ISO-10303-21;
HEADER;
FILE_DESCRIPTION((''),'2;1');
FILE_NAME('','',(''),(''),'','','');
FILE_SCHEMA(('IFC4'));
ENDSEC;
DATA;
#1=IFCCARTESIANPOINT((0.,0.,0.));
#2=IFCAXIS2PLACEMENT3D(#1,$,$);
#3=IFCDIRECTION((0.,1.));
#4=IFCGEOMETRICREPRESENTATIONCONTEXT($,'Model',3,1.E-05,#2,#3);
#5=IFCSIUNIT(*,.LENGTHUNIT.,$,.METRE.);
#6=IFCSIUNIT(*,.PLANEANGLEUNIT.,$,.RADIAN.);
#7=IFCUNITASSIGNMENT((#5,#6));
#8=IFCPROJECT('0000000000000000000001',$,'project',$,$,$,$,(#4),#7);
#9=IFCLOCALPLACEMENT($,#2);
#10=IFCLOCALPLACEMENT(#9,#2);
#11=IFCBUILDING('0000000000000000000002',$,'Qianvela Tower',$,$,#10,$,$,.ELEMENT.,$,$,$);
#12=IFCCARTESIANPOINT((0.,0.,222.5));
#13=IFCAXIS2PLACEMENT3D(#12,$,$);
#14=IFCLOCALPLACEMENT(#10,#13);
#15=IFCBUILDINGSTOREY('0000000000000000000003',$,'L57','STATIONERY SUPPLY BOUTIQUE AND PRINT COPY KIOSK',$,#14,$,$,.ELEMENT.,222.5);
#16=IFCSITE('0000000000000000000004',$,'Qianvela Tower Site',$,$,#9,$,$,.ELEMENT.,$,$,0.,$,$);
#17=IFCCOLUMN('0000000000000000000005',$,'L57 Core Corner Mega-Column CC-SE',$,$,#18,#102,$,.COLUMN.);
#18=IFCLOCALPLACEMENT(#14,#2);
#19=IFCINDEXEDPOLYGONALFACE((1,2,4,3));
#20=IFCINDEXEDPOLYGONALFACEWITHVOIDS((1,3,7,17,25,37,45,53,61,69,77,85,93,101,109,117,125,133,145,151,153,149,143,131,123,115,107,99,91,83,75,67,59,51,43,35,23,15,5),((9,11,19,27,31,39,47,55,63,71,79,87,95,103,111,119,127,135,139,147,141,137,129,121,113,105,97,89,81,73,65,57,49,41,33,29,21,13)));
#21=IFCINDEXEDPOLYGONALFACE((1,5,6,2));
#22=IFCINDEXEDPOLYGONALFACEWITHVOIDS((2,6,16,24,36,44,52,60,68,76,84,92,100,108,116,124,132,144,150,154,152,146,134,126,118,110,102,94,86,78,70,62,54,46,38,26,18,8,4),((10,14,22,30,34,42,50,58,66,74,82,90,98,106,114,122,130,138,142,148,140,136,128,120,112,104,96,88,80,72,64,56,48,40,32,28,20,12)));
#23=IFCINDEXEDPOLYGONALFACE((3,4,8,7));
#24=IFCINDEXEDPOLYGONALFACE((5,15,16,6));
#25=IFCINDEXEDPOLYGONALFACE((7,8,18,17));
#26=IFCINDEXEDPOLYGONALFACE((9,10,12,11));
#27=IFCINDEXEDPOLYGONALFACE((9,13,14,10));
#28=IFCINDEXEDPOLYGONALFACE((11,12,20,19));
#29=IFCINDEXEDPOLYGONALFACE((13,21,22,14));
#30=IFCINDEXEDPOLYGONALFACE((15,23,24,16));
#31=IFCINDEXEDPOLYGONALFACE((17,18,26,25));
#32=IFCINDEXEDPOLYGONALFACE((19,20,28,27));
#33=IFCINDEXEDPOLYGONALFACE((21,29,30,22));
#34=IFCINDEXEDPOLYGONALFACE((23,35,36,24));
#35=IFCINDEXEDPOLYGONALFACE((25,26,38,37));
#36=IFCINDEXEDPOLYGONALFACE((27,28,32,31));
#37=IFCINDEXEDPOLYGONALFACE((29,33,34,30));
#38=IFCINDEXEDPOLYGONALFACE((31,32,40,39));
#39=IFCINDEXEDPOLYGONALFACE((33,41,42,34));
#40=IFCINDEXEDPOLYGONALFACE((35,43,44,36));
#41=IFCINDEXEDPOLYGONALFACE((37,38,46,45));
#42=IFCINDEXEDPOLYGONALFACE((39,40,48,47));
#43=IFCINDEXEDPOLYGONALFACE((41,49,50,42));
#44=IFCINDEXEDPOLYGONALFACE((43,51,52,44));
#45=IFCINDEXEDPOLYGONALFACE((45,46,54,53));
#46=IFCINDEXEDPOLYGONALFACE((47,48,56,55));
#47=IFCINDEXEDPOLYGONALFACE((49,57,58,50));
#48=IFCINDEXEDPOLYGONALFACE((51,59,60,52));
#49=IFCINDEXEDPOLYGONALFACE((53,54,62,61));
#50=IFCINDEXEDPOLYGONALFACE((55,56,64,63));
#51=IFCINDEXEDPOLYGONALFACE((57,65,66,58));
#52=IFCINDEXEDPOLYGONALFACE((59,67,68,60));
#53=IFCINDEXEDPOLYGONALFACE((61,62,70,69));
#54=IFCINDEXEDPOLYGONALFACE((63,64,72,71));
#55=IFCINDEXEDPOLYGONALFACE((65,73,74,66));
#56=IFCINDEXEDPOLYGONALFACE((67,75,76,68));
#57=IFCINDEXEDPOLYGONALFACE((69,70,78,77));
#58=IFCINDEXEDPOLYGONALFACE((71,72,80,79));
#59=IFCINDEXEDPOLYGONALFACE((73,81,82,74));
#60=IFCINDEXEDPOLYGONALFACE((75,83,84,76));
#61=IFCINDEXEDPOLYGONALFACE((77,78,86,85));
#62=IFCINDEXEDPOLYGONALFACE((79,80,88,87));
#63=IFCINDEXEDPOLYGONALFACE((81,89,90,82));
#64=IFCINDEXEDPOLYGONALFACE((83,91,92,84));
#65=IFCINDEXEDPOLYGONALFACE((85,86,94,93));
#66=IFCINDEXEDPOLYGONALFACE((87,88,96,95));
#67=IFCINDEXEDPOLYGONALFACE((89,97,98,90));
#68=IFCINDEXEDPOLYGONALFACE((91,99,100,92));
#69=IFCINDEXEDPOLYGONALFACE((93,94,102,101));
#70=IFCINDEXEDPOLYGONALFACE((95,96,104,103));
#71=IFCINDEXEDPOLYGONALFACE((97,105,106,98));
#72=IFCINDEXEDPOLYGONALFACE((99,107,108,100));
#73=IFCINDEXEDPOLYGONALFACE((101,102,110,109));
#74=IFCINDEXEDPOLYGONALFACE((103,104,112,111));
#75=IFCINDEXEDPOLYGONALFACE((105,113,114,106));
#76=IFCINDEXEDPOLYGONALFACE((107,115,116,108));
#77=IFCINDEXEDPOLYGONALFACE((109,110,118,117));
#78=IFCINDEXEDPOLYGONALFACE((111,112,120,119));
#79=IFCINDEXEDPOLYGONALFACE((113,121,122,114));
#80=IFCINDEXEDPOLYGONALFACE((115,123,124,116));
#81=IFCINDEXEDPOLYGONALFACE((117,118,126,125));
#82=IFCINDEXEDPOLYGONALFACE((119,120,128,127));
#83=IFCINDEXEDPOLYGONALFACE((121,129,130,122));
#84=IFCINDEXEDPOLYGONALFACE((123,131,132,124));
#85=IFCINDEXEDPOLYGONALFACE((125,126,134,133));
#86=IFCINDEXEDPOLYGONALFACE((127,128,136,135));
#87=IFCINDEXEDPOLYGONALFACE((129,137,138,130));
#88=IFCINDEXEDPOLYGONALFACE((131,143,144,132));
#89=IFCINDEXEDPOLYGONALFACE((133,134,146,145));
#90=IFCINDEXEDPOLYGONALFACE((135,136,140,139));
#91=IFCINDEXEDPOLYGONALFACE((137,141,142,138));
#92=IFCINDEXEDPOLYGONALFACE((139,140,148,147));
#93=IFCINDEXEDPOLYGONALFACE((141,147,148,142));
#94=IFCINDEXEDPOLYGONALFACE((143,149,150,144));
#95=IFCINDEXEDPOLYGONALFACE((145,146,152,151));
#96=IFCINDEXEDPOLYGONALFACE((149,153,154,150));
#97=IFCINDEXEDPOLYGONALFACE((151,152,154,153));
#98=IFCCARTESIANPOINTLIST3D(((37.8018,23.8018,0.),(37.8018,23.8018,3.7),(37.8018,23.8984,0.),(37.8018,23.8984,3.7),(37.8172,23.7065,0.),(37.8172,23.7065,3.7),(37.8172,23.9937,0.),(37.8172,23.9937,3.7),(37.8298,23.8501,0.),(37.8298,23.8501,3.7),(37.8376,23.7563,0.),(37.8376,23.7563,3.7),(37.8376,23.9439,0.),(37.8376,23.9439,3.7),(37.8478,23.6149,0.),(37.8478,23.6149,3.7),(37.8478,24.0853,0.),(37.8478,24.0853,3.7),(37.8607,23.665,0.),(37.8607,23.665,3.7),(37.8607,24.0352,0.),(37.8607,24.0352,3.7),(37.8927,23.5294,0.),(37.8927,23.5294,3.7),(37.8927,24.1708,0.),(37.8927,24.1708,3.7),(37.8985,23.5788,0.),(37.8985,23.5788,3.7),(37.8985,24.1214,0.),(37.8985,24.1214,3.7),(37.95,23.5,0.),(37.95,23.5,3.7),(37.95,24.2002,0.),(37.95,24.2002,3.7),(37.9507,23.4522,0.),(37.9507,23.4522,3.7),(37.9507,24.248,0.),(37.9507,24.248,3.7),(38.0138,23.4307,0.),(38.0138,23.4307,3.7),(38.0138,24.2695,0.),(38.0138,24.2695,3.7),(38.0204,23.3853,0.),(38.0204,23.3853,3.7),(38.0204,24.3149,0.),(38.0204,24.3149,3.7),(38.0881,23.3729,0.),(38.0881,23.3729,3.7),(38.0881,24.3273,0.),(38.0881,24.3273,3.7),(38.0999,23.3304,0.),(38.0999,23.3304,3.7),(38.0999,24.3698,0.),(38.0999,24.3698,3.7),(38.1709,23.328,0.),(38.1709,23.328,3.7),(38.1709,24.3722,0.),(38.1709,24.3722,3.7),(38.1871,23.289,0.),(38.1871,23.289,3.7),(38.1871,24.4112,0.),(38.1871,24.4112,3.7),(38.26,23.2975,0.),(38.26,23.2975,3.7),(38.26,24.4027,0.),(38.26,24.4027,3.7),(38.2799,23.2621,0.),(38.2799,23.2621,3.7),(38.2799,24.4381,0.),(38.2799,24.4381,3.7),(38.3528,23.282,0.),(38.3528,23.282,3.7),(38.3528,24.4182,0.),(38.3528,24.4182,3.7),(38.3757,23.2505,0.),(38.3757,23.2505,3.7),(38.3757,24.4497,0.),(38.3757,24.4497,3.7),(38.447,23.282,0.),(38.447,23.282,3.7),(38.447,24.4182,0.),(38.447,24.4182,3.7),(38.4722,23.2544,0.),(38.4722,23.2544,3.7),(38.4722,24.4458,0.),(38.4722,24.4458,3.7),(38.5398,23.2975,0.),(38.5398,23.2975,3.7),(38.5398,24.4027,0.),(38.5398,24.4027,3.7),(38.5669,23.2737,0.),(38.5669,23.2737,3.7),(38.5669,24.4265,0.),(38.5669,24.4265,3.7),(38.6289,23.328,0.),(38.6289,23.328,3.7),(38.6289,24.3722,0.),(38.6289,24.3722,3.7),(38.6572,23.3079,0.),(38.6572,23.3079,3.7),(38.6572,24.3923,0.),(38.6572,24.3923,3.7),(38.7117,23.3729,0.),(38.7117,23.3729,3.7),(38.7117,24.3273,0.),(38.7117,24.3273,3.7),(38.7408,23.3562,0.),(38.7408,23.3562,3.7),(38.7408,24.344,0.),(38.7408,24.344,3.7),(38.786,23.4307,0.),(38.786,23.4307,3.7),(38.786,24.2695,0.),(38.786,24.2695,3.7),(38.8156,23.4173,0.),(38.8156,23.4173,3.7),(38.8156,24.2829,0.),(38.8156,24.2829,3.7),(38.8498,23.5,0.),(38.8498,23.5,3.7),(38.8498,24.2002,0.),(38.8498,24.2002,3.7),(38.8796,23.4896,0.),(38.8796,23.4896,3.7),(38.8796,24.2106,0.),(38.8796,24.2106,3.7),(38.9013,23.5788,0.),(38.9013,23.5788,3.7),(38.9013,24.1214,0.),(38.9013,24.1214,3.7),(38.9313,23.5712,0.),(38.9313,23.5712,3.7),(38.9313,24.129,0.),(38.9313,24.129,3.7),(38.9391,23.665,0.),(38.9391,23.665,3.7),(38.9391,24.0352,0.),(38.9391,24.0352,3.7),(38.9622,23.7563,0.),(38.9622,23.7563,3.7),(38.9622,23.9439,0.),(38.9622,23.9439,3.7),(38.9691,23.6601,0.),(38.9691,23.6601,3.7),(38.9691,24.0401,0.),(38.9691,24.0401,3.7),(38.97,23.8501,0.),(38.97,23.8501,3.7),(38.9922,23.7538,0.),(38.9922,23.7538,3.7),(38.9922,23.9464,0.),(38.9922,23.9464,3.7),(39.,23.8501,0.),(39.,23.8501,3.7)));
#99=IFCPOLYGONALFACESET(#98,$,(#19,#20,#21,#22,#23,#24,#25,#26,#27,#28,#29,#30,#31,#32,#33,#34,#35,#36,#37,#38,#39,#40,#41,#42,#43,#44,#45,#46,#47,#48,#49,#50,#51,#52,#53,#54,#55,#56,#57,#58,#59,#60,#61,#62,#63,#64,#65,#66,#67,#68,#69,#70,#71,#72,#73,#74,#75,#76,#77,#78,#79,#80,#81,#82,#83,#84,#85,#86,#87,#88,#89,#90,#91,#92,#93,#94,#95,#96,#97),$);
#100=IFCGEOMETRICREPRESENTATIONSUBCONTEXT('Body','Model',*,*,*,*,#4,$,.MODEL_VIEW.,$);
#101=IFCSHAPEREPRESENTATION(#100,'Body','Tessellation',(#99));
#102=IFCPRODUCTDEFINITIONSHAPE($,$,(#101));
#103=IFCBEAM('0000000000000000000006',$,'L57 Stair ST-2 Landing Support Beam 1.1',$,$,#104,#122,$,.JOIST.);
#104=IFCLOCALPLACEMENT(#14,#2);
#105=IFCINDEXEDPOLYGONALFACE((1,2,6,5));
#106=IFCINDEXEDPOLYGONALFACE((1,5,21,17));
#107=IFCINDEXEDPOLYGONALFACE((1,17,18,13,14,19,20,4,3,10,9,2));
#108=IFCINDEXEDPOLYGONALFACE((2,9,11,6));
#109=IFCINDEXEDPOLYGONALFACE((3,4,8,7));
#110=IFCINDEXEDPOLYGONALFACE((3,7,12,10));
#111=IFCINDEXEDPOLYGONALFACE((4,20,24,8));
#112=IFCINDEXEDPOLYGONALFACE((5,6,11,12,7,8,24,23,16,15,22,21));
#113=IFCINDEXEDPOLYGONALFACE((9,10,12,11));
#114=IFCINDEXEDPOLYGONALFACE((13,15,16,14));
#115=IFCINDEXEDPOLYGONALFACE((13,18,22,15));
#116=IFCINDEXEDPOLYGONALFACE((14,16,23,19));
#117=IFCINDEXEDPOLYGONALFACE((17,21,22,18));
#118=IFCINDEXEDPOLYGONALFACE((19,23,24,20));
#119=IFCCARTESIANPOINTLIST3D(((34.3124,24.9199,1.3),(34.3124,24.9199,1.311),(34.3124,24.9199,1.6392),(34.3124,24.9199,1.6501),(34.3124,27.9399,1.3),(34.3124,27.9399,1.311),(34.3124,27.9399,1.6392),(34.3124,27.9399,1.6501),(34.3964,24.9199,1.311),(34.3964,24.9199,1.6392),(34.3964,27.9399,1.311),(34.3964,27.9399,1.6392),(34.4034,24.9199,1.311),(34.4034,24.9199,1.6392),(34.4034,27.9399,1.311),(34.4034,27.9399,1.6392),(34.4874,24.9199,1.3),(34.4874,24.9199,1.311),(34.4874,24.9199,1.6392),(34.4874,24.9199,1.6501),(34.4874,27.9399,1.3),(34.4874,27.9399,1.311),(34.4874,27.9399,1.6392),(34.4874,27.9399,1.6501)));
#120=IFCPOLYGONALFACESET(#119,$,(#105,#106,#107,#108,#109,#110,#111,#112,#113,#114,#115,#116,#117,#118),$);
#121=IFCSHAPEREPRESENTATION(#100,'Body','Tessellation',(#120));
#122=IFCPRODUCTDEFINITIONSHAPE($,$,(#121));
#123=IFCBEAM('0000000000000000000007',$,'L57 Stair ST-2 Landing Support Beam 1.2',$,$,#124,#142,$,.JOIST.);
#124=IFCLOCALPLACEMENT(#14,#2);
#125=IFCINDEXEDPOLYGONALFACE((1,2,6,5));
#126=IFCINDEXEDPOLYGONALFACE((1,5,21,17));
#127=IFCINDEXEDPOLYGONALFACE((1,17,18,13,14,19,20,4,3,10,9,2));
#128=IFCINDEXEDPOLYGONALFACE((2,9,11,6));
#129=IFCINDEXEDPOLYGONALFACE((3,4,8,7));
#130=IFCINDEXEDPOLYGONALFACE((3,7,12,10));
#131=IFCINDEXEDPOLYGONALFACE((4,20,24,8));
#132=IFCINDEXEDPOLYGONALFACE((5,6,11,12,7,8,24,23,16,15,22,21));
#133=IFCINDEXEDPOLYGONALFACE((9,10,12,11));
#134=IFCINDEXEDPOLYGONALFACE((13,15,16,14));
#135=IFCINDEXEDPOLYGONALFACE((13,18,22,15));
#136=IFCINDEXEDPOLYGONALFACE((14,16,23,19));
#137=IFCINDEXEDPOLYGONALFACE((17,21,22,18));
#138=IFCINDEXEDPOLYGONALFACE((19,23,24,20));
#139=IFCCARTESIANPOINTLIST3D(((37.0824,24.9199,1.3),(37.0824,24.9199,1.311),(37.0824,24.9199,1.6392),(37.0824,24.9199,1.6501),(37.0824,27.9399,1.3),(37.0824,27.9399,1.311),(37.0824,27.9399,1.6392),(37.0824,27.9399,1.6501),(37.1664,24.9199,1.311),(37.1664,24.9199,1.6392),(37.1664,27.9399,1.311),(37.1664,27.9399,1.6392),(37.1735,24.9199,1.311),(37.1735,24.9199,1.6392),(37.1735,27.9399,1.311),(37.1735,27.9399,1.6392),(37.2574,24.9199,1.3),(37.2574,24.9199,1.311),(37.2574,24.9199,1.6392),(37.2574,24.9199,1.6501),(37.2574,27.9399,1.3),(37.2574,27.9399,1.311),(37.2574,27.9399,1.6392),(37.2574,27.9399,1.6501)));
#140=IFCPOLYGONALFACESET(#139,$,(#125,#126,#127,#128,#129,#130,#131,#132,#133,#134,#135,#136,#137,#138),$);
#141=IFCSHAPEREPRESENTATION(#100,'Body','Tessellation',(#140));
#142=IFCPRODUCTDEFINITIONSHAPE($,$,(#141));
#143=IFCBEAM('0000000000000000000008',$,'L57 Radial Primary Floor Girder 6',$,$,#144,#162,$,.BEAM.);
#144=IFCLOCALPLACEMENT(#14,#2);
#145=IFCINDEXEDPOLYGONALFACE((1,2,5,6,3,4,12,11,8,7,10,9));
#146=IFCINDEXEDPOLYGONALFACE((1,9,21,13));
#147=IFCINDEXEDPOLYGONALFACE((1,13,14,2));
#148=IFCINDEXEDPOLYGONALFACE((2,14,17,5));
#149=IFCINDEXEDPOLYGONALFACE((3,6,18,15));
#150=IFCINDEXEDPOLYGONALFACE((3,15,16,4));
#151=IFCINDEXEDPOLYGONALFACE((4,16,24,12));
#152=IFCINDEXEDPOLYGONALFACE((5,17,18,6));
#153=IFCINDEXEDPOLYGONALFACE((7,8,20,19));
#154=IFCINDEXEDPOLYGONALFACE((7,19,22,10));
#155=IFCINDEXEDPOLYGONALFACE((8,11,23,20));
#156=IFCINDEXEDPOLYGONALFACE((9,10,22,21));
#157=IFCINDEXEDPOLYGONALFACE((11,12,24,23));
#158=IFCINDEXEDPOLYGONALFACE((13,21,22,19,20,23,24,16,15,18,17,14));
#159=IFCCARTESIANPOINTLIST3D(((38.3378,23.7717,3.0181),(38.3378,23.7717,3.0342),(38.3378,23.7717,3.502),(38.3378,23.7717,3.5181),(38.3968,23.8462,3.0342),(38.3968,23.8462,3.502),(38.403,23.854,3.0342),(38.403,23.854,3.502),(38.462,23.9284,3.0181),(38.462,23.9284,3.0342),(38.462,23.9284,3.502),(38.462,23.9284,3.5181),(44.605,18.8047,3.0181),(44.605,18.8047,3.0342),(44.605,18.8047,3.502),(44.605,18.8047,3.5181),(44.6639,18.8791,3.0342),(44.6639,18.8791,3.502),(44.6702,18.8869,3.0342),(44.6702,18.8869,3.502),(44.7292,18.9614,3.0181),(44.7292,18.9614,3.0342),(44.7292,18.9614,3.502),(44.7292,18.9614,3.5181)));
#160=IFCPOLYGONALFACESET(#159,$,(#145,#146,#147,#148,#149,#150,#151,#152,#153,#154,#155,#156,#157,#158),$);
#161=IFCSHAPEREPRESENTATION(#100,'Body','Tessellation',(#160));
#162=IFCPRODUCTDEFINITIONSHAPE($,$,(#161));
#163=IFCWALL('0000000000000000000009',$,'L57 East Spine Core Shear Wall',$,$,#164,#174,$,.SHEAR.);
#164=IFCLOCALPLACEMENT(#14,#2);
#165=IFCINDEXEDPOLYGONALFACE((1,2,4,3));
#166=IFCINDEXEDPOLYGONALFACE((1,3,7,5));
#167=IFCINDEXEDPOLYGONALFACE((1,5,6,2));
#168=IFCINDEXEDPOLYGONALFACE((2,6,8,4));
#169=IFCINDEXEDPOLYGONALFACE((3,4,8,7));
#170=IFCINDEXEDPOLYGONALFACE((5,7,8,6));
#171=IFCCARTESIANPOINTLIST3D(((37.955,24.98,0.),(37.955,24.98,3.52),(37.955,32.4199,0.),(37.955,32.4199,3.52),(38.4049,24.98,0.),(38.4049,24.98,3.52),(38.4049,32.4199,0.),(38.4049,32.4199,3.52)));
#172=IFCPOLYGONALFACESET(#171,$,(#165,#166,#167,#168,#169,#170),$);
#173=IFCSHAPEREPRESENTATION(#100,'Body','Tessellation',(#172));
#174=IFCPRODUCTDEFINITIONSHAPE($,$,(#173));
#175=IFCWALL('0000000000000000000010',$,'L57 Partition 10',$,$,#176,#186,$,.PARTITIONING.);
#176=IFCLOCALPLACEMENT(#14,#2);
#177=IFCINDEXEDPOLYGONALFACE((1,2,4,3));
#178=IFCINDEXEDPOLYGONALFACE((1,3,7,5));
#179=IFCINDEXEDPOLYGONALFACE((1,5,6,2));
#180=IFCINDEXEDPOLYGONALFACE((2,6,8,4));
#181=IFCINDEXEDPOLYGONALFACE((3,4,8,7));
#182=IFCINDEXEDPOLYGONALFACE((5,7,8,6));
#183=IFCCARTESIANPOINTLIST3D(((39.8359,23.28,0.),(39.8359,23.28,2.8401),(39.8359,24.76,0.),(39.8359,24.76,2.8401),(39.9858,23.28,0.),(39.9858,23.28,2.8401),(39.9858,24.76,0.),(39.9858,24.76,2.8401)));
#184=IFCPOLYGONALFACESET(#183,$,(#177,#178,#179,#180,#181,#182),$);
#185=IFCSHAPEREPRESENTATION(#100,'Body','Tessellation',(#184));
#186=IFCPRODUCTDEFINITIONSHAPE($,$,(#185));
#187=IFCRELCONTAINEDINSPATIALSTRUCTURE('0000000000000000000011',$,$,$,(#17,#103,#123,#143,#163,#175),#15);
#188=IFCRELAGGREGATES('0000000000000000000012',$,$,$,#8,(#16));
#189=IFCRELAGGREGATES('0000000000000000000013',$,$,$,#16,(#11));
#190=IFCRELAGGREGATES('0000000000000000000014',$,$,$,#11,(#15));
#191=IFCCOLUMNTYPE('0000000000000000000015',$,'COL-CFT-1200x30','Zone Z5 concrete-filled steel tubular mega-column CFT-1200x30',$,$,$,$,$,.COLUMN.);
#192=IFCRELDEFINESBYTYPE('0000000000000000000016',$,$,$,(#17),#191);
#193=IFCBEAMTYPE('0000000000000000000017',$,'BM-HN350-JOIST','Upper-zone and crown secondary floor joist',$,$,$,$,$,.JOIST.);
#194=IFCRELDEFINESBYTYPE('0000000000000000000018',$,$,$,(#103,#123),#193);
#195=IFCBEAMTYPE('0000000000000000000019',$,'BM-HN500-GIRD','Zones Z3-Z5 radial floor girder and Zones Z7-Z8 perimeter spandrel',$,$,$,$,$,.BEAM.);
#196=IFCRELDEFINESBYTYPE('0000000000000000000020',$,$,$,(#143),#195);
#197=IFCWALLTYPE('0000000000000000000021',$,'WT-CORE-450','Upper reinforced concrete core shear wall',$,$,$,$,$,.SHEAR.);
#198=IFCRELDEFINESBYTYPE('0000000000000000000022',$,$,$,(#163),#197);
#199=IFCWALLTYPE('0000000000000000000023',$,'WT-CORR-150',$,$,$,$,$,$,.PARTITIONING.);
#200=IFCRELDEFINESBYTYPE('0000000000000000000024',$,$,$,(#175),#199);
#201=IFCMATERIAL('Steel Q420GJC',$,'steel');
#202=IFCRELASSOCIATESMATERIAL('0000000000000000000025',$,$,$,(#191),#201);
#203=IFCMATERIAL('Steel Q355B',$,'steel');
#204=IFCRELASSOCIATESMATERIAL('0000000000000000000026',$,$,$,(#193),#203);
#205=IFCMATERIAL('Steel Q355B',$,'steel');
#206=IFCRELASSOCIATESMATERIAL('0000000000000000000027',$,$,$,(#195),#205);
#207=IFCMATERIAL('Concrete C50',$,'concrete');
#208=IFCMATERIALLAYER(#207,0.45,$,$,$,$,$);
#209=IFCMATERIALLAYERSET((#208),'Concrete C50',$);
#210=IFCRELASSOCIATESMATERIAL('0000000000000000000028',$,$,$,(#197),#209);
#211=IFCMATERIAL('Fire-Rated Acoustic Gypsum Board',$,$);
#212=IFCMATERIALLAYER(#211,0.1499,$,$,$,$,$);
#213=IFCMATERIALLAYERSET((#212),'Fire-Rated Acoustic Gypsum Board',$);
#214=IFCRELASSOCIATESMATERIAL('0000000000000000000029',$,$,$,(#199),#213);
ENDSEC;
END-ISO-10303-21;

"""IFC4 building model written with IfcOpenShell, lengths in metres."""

from ifc_helpers import new_model, si_unit, direction, frame, frame_2d, origin, origin_2d, place, context, subcontext, project, spatial, rectangle, hollow_circle, i_section, extrude, material, layer, layer_set, material_profile, profile_set, type_object, element, save


model = new_model("IFC4")

# Units and contexts
model_context = context("Model", 3, precision=1e-05, world=origin(), true_north=direction((0.0, 1.0)))
body_context = subcontext(model_context, "Body", "Model", "MODEL_VIEW")
ifc_project = project(units=[si_unit("LENGTHUNIT", "METRE"), si_unit("PLANEANGLEUNIT", "RADIAN")], contexts=[model_context])

# Site, building, storey
site_placement = place(None, origin())
site = spatial("IfcSite", under=ifc_project, at=site_placement, Name="Qianvela Tower Site", CompositionType="ELEMENT", RefElevation=0.0)
building_placement = place(site_placement, origin())
building = spatial("IfcBuilding", under=site, at=building_placement, Name="Qianvela Tower", CompositionType="ELEMENT")
storey_placement = place(building_placement, frame((0.0, 0.0, 222.5)))
storey = spatial("IfcBuildingStorey", under=building, at=storey_placement, Name="L57", Description="STATIONERY SUPPLY BOUTIQUE AND PRINT COPY KIOSK", CompositionType="ELEMENT", Elevation=222.5)

# Column
ifc_material_1 = material(Name="Steel Q420GJC", Category="steel")
ifc_material_profile_1 = material_profile(ifc_material_1, hollow_circle(Radius=0.6001, WallThickness=0.03, at=origin_2d()), Name="CFT-1200x30")
ifc_profile_set_1 = profile_set([ifc_material_profile_1], Name="Steel Q420GJC")
column_type = type_object("IfcColumnType", Name="COL-CFT-1200x30", Description="Zone Z5 concrete-filled steel tubular mega-column CFT-1200x30", PredefinedType="COLUMN", material=ifc_profile_set_1)
column_placement = place(storey_placement, frame((38.3999, 23.8501, 0.0), z_axis=(0.0, 0.0, 1.0), x_axis=(1.0, 0.0, 0.0)))
element("IfcColumn", 1, at=column_placement, inside=storey, type_object=column_type, Name="L57 Core Corner Mega-Column CC-SE", PredefinedType="COLUMN", context=body_context, shape_type="SweptSolid", body=[
    extrude(hollow_circle(Radius=0.6001, WallThickness=0.03, at=origin_2d()), origin(), (0.0, 0.0, 1.0), 3.7),
])

# Beams
ifc_material_2 = material(Name="Steel Q355B", Category="steel")
ifc_material_profile_2 = material_profile(ifc_material_2, i_section(OverallWidth=0.175, OverallDepth=0.3501, WebThickness=0.0071, FlangeThickness=0.011, at=origin_2d()), Name="HN350x175x7x11")
ifc_profile_set_2 = profile_set([ifc_material_profile_2], Name="Steel Q355B")
beam_type_1 = type_object("IfcBeamType", Name="BM-HN350-JOIST", Description="Upper-zone and crown secondary floor joist", PredefinedType="JOIST", material=ifc_profile_set_2)
for number, where, z_axis, x_axis, name in (
    (2, (34.3999, 24.9199, 1.4751), (0.0, 1.0, 0.0), (-1.0, 0.0, 0.0), "L57 Stair ST-2 Landing Support Beam 1.1"),
    (3, (37.1699, 24.9199, 1.4751), (0.0, 1.0, 0.0), (-1.0, 0.0, 0.0), "L57 Stair ST-2 Landing Support Beam 1.2"),
):
    element("IfcBeam", number, at=place(storey_placement, frame(where, z_axis=z_axis, x_axis=x_axis)), inside=storey, type_object=beam_type_1, Name=name, PredefinedType="JOIST", context=body_context, shape_type="SweptSolid", body=[
        extrude(i_section(OverallWidth=0.175, OverallDepth=0.3501, WebThickness=0.0071, FlangeThickness=0.011, at=origin_2d()), origin(), (0.0, 0.0, 1.0), 3.02),
    ])
ifc_material_3 = material(Name="Steel Q355B", Category="steel")
ifc_material_profile_3 = material_profile(ifc_material_3, i_section(OverallWidth=0.2, OverallDepth=0.5, WebThickness=0.01, FlangeThickness=0.0161, at=origin_2d()), Name="HN500x200x10x16")
ifc_profile_set_3 = profile_set([ifc_material_profile_3], Name="Steel Q355B")
beam_type_2 = type_object("IfcBeamType", Name="BM-HN500-GIRD", Description="Zones Z3-Z5 radial floor girder and Zones Z7-Z8 perimeter spandrel", PredefinedType="BEAM", material=ifc_profile_set_3)
beam_placement = place(storey_placement, frame((38.3999, 23.8501, 3.2681), z_axis=(0.783705, -0.621133, 0.0), x_axis=(0.621133, 0.783705, 0.0)))
element("IfcBeam", 4, at=beam_placement, inside=storey, type_object=beam_type_2, Name="L57 Radial Primary Floor Girder 6", PredefinedType="BEAM", context=body_context, shape_type="SweptSolid", body=[
    extrude(i_section(OverallWidth=0.2, OverallDepth=0.5, WebThickness=0.01, FlangeThickness=0.0161, at=origin_2d()), origin(), (0.0, 0.0, 1.0), 7.9968),
])

# Walls
ifc_material_4 = material(Name="Concrete C50", Category="concrete")
ifc_layer_1 = layer(ifc_material_4, 0.45)
ifc_layer_set_1 = layer_set([ifc_layer_1], Name="Concrete C50")
wall_type_1 = type_object("IfcWallType", Name="WT-CORE-450", Description="Upper reinforced concrete core shear wall", PredefinedType="SHEAR", material=ifc_layer_set_1)
wall_1_placement = place(storey_placement, frame((38.1799, 24.98, 0.0), z_axis=(0.0, 0.0, 1.0), x_axis=(0.0, 1.0, 0.0)))
element("IfcWall", 5, at=wall_1_placement, inside=storey, type_object=wall_type_1, Name="L57 East Spine Core Shear Wall", PredefinedType="SHEAR", context=body_context, shape_type="SweptSolid", body=[
    extrude(rectangle(XDim=7.4399, YDim=0.45, at=frame_2d((3.72, 0.0))), origin(), (0.0, 0.0, 1.0), 3.52),
])
ifc_material_5 = material(Name="Fire-Rated Acoustic Gypsum Board")
ifc_layer_2 = layer(ifc_material_5, 0.1499)
ifc_layer_set_2 = layer_set([ifc_layer_2], Name="Fire-Rated Acoustic Gypsum Board")
wall_type_2 = type_object("IfcWallType", Name="WT-CORR-150", PredefinedType="PARTITIONING", material=ifc_layer_set_2)
wall_2_placement = place(storey_placement, frame((39.9109, 23.28, 0.0), z_axis=(0.0, 0.0, 1.0), x_axis=(0.0, 1.0, 0.0)))
element("IfcWall", 6, at=wall_2_placement, inside=storey, type_object=wall_type_2, Name="L57 Partition 10", PredefinedType="PARTITIONING", context=body_context, shape_type="SweptSolid", body=[
    extrude(rectangle(XDim=1.48, YDim=0.1499, at=frame_2d((0.74, 0.0))), origin(), (0.0, 0.0, 1.0), 2.8401),
])

save(model, "model.ifc")
